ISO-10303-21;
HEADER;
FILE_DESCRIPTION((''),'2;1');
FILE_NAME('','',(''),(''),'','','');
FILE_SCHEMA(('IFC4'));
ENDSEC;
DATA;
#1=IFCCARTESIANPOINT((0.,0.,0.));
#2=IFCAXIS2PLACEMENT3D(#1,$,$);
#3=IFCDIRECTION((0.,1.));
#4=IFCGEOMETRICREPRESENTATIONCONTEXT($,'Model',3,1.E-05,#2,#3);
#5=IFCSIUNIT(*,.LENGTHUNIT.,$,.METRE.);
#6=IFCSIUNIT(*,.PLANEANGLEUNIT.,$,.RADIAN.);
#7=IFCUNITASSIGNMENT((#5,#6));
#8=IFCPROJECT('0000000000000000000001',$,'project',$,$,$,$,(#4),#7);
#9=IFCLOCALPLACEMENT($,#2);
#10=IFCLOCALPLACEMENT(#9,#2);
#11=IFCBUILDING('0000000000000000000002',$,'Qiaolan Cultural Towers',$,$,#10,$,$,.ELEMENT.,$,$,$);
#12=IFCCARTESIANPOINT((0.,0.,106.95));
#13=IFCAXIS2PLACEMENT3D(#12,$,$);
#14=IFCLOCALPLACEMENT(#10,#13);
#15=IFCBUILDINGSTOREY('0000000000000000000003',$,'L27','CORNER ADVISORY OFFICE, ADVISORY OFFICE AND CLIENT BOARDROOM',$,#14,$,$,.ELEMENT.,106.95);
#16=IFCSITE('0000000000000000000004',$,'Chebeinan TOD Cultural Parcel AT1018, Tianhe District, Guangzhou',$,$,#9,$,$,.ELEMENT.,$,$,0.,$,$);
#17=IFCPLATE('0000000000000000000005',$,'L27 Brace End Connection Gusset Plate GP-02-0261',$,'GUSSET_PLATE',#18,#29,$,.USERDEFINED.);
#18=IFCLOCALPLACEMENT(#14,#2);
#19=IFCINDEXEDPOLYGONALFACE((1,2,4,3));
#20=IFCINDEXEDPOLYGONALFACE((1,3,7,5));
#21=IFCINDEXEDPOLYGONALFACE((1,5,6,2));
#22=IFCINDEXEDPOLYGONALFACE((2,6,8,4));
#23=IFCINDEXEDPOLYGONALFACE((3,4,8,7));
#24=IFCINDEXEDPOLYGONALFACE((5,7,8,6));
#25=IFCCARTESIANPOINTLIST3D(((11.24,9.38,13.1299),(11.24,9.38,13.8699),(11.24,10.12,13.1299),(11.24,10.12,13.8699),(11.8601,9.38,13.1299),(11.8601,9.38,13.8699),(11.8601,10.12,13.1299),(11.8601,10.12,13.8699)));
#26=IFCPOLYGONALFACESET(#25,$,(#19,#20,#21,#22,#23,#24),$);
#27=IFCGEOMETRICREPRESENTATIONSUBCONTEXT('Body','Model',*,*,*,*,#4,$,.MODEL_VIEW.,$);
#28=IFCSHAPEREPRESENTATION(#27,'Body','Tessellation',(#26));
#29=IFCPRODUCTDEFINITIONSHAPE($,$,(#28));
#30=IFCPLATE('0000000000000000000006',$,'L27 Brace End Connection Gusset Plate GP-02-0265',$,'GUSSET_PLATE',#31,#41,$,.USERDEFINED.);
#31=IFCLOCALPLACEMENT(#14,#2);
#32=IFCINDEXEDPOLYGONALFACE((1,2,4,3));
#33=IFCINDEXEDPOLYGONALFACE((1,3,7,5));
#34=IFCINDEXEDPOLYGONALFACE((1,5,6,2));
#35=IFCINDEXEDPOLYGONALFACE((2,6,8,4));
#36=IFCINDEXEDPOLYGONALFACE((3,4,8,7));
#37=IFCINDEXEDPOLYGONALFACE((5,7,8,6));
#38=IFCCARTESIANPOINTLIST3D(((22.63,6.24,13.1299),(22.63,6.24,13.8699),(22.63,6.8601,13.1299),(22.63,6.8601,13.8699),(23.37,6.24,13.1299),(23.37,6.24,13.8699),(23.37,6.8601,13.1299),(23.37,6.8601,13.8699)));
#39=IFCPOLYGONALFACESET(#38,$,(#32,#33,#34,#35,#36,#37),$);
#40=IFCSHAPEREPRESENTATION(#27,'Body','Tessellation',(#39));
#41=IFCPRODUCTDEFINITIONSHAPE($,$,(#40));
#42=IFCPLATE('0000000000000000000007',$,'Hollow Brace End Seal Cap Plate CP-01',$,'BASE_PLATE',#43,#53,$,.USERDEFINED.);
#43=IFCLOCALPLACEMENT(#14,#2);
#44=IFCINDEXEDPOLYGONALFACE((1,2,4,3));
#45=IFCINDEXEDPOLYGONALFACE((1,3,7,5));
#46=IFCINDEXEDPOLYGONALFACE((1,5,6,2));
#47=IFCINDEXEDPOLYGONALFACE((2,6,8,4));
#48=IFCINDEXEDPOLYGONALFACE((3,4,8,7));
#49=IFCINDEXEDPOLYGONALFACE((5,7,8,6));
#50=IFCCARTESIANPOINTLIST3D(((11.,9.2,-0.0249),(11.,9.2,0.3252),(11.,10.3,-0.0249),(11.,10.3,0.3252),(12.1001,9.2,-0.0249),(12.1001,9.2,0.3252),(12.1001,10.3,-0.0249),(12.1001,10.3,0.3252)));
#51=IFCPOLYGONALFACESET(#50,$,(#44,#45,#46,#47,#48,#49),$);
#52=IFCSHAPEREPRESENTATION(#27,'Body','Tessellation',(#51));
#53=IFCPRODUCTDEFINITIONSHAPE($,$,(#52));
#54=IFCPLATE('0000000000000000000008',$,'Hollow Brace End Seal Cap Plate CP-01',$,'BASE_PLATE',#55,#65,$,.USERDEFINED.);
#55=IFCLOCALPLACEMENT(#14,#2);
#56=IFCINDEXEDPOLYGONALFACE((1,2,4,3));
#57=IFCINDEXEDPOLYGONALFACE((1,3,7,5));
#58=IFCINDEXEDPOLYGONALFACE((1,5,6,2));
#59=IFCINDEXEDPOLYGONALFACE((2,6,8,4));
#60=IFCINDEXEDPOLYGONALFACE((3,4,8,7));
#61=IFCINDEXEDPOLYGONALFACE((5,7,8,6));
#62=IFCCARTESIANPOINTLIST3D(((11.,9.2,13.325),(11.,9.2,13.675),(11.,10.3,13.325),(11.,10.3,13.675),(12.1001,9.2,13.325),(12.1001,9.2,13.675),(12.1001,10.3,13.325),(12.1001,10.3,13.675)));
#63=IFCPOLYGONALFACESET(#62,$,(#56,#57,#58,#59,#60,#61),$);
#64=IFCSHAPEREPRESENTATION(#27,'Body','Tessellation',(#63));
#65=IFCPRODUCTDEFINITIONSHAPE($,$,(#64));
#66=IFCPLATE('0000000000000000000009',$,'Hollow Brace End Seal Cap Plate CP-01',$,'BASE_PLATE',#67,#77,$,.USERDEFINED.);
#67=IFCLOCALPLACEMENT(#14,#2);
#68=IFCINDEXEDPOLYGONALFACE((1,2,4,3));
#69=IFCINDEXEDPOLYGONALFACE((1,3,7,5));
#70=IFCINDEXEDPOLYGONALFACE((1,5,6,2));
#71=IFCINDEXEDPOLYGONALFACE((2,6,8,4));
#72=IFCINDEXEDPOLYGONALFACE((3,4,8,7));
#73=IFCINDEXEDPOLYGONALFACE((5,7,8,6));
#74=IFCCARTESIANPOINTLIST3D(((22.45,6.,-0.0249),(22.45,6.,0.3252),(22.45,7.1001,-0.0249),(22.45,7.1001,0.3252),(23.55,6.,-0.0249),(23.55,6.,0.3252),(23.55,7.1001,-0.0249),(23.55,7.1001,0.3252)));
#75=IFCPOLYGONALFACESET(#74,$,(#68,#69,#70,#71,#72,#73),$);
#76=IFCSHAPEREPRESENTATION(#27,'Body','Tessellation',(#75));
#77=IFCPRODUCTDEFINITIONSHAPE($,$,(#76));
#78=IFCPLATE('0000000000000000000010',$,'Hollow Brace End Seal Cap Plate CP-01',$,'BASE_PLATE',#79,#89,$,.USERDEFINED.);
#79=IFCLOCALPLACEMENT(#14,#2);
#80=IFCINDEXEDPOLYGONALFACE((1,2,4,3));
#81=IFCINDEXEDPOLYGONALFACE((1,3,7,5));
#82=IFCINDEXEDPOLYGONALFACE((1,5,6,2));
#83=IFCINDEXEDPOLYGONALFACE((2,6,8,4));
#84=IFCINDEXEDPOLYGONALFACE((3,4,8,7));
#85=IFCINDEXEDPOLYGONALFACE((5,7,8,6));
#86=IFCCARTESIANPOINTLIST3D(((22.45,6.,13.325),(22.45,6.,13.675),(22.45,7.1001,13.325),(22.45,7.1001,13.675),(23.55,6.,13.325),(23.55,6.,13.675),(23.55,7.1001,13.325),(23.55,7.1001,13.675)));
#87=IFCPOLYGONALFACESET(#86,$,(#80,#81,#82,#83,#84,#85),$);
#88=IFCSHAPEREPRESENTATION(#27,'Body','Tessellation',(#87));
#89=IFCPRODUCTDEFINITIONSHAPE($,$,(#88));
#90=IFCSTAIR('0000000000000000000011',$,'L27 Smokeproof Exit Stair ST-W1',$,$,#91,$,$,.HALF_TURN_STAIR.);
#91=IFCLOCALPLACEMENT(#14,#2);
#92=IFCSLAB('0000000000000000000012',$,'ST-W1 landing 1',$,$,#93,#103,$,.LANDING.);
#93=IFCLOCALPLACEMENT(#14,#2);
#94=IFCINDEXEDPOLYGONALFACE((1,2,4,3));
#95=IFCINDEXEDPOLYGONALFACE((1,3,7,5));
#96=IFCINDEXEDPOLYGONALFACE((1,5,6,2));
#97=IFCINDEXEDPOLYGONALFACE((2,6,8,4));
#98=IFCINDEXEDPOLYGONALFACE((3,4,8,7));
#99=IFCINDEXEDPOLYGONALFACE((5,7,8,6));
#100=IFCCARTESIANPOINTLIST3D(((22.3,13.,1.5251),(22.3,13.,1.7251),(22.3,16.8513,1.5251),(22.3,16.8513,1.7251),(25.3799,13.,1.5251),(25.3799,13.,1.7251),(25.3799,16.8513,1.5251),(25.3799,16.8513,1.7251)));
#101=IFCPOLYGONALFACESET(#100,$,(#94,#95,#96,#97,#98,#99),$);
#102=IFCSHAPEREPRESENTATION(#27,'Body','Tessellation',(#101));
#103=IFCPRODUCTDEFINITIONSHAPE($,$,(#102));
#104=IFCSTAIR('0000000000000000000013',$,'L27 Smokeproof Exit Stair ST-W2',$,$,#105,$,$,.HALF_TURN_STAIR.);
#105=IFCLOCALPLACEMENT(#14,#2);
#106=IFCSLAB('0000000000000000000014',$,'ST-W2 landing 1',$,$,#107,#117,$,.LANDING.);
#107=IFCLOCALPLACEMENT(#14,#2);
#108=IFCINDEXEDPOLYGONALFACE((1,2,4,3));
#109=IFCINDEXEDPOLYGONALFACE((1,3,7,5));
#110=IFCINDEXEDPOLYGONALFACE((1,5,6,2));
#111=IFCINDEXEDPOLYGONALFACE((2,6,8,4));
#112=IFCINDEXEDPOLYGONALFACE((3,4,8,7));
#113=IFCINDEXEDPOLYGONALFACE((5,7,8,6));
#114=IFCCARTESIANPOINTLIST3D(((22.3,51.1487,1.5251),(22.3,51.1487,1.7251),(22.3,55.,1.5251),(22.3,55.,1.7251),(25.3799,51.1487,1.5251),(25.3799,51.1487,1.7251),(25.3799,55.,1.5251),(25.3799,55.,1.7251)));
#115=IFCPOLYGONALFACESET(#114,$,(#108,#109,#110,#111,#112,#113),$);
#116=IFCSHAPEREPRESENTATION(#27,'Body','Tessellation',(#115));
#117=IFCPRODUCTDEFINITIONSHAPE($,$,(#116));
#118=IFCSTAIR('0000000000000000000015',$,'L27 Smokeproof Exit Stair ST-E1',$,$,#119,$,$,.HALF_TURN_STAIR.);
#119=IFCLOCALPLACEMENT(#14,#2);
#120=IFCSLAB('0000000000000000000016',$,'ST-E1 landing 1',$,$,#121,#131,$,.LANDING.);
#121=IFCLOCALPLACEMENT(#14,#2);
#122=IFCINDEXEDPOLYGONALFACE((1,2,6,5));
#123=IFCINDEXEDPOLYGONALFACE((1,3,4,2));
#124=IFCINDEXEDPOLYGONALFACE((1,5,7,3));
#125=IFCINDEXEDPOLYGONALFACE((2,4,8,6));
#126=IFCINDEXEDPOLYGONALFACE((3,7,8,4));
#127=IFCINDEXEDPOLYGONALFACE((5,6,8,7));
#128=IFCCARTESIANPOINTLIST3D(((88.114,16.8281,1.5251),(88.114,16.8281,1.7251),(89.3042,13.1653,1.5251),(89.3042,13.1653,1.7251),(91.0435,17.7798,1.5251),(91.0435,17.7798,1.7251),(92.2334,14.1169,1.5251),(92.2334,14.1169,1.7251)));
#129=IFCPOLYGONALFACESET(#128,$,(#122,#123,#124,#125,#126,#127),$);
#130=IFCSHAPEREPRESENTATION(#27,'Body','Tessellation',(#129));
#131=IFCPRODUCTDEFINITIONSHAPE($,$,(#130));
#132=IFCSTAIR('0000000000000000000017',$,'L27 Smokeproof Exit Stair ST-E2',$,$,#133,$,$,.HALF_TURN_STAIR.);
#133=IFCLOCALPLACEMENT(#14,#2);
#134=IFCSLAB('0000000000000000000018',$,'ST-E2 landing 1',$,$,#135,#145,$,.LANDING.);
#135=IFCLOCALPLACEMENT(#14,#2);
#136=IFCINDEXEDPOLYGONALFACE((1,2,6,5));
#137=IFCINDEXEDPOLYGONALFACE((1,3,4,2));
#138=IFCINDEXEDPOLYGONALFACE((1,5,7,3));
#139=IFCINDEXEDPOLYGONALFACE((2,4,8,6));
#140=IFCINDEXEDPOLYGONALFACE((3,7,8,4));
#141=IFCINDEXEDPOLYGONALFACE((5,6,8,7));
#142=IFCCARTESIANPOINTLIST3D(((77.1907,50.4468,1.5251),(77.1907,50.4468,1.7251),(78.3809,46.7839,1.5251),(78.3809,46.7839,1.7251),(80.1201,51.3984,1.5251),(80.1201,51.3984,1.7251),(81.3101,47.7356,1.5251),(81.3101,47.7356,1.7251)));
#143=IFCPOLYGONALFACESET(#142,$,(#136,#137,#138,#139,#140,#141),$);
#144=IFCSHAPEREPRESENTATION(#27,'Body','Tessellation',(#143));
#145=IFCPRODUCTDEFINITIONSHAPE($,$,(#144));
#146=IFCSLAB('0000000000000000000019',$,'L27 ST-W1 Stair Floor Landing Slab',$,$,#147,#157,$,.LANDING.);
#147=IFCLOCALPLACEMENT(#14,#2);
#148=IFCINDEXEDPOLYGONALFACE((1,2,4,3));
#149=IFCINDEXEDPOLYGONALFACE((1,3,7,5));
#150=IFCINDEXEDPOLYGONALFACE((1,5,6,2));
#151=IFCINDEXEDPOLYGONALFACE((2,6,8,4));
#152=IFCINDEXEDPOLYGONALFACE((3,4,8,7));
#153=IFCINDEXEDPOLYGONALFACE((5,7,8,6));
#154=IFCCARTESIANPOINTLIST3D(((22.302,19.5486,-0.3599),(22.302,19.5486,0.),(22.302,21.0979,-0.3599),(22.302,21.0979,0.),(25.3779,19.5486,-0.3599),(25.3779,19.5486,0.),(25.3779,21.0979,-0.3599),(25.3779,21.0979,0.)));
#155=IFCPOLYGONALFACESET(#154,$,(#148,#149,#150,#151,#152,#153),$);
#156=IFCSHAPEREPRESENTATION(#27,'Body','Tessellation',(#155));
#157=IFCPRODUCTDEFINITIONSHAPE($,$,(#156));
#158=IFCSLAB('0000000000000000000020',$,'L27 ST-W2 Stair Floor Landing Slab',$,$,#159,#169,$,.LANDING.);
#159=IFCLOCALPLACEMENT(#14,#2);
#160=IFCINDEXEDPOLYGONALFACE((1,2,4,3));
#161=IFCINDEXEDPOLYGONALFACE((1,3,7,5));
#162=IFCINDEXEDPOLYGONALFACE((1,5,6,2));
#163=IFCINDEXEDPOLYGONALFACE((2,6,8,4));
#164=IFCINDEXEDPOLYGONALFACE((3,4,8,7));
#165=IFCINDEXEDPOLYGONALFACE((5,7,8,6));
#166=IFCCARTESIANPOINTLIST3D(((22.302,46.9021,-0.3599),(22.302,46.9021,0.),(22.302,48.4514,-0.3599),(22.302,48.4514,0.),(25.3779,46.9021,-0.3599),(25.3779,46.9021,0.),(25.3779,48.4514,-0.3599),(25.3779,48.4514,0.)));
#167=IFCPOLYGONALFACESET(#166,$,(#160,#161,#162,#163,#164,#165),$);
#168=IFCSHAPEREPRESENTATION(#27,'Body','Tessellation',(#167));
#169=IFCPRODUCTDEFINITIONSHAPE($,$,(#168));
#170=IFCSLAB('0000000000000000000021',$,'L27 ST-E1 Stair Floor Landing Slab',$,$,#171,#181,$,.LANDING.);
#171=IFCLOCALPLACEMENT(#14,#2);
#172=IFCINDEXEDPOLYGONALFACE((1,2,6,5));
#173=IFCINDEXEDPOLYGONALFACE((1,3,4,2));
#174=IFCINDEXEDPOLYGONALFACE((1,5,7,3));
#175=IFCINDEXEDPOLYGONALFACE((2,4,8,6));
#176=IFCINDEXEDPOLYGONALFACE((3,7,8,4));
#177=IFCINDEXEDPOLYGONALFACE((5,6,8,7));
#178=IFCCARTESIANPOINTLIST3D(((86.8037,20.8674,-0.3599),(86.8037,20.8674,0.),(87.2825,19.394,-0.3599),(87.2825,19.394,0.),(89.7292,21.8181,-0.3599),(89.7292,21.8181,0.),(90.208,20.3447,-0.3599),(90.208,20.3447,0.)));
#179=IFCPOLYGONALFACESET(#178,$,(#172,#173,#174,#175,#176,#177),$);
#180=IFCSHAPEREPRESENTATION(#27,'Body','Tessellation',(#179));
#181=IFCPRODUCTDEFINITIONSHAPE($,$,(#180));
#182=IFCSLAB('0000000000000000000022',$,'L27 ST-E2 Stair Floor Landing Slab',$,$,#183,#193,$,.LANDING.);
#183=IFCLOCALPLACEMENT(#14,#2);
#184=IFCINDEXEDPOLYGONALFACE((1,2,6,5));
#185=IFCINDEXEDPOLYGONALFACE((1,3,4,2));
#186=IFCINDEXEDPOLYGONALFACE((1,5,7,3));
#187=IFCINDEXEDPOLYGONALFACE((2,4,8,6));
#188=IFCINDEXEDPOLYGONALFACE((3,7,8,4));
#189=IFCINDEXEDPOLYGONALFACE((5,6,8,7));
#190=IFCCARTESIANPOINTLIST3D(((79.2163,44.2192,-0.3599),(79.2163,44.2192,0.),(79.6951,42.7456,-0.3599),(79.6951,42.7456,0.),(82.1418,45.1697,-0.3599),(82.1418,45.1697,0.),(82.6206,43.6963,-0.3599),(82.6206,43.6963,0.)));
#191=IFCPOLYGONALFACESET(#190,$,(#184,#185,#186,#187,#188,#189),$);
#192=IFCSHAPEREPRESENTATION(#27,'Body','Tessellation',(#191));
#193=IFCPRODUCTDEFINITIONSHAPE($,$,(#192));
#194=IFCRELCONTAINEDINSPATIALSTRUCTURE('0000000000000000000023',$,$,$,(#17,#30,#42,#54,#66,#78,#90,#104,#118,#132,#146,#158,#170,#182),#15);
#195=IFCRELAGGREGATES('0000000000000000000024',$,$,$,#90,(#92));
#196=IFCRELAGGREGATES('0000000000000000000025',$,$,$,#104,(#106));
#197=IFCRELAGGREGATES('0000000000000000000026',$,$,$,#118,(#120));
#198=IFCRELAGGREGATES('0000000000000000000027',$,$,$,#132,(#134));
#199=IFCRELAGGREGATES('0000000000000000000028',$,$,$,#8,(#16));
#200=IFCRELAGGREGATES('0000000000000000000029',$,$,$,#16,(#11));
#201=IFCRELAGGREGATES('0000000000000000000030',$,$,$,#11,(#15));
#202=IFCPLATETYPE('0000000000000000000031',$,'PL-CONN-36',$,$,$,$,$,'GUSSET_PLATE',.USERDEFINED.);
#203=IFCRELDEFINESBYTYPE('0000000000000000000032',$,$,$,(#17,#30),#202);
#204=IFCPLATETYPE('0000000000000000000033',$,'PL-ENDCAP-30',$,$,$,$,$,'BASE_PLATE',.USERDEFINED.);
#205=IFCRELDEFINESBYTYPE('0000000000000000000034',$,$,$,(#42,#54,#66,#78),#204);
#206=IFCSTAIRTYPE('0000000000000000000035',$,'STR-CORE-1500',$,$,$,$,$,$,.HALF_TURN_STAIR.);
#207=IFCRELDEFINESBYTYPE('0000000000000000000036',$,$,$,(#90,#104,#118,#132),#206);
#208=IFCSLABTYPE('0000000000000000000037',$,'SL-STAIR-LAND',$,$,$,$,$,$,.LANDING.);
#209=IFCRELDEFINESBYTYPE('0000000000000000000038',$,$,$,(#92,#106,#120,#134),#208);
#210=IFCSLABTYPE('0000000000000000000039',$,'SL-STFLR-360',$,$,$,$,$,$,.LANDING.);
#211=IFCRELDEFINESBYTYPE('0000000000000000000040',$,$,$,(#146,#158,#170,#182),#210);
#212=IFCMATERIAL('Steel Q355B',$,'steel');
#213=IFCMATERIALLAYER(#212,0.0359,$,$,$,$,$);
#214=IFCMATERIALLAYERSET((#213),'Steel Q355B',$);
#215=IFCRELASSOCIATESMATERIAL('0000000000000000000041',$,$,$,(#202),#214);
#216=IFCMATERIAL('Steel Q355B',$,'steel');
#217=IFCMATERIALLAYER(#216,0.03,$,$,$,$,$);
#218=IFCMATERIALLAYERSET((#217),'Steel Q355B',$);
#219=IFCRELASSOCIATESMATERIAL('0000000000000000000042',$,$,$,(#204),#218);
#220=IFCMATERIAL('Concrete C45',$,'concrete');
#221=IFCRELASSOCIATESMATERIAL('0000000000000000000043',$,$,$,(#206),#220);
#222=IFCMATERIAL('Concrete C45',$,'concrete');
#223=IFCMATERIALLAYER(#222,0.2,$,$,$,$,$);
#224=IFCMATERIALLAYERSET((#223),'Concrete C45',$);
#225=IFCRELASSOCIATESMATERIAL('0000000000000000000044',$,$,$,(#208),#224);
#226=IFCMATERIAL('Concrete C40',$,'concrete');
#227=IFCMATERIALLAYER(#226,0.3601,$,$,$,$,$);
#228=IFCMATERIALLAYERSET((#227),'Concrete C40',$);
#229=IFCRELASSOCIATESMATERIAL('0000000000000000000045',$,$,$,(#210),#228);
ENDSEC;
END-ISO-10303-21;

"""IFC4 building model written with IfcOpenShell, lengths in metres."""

from ifc_helpers import new_model, si_unit, direction, frame, origin, origin_2d, place, context, subcontext, project, spatial, polyline, rectangle, outline, extrude, material, layer, layer_set, type_object, element, aggregate, save


model = new_model("IFC4")

# Units and contexts
model_context = context("Model", 3, precision=1e-05, world=origin(), true_north=direction((0.0, 1.0)))
body_context = subcontext(model_context, "Body", "Model", "MODEL_VIEW")
ifc_project = project(units=[si_unit("LENGTHUNIT", "METRE"), si_unit("PLANEANGLEUNIT", "RADIAN")], contexts=[model_context])

# Site, building, storey
site_placement = place(None, origin())
site = spatial("IfcSite", under=ifc_project, at=site_placement, Name="Chebeinan TOD Cultural Parcel AT1018, Tianhe District, Guangzhou", CompositionType="ELEMENT", RefElevation=0.0)
building_placement = place(site_placement, origin())
building = spatial("IfcBuilding", under=site, at=building_placement, Name="Qiaolan Cultural Towers", CompositionType="ELEMENT")
storey_placement = place(building_placement, frame((0.0, 0.0, 106.95)))
storey = spatial("IfcBuildingStorey", under=building, at=storey_placement, Name="L27", Description="CORNER ADVISORY OFFICE, ADVISORY OFFICE AND CLIENT BOARDROOM", CompositionType="ELEMENT", Elevation=106.95)

# Plates
ifc_material_1 = material(Name="Steel Q355B", Category="steel")
ifc_layer_1 = layer(ifc_material_1, 0.0359)
ifc_layer_set_1 = layer_set([ifc_layer_1], Name="Steel Q355B")
plate_type_1 = type_object("IfcPlateType", Name="PL-CONN-36", ElementType="GUSSET_PLATE", PredefinedType="USERDEFINED", material=ifc_layer_set_1)
for number, where, z_axis, x_axis, name in (
    (1, (11.55, 9.75, 13.1299), (0.0, 0.0, 1.0), (0.0, 1.0, 0.0), "L27 Brace End Connection Gusset Plate GP-02-0261"),
    (2, (23.0, 6.55, 13.1299), (0.0, 0.0, 1.0), (1.0, 0.0, 0.0), "L27 Brace End Connection Gusset Plate GP-02-0265"),
):
    element("IfcPlate", number, at=place(storey_placement, frame(where, z_axis=z_axis, x_axis=x_axis)), inside=storey, type_object=plate_type_1, Name=name, ObjectType="GUSSET_PLATE", PredefinedType="USERDEFINED", context=body_context, shape_type="SweptSolid", body=[
        extrude(rectangle(XDim=0.74, YDim=0.6201, at=origin_2d()), origin(), (0.0, 0.0, 1.0), 0.74),
    ])
ifc_material_2 = material(Name="Steel Q355B", Category="steel")
ifc_layer_2 = layer(ifc_material_2, 0.03)
ifc_layer_set_2 = layer_set([ifc_layer_2], Name="Steel Q355B")
plate_type_2 = type_object("IfcPlateType", Name="PL-ENDCAP-30", ElementType="BASE_PLATE", PredefinedType="USERDEFINED", material=ifc_layer_set_2)
for number, where, z_axis, x_axis, name in (
    (3, (11.55, 9.75, -0.0249), (0.0, 0.0, 1.0), (0.0, 1.0, 0.0), "Hollow Brace End Seal Cap Plate CP-01"),
    (4, (11.55, 9.75, 13.325), (0.0, 0.0, 1.0), (0.0, 1.0, 0.0), "Hollow Brace End Seal Cap Plate CP-01"),
    (5, (23.0, 6.55, -0.0249), (0.0, 0.0, 1.0), (1.0, 0.0, 0.0), "Hollow Brace End Seal Cap Plate CP-01"),
    (6, (23.0, 6.55, 13.325), (0.0, 0.0, 1.0), (1.0, 0.0, 0.0), "Hollow Brace End Seal Cap Plate CP-01"),
):
    element("IfcPlate", number, at=place(storey_placement, frame(where, z_axis=z_axis, x_axis=x_axis)), inside=storey, type_object=plate_type_2, Name=name, ObjectType="BASE_PLATE", PredefinedType="USERDEFINED", context=body_context, shape_type="SweptSolid", body=[
        extrude(rectangle(XDim=1.1001, YDim=1.1001, at=origin_2d()), origin(), (0.0, 0.0, 1.0), 0.3501),
    ])

# Stairs, slabs
ifc_material_3 = material(Name="Concrete C45", Category="concrete")
stair_type = type_object("IfcStairType", Name="STR-CORE-1500", PredefinedType="HALF_TURN_STAIR", material=ifc_material_3)
stair_1_placement = place(storey_placement, origin())
stair_1 = element("IfcStair", 7, at=stair_1_placement, inside=storey, type_object=stair_type, Name="L27 Smokeproof Exit Stair ST-W1", PredefinedType="HALF_TURN_STAIR")
ifc_material_4 = material(Name="Concrete C45", Category="concrete")
ifc_layer_3 = layer(ifc_material_4, 0.2)
ifc_layer_set_3 = layer_set([ifc_layer_3], Name="Concrete C45")
slab_type_1 = type_object("IfcSlabType", Name="SL-STAIR-LAND", PredefinedType="LANDING", material=ifc_layer_set_3)
slab_1_placement = place(storey_placement, frame((0.0, 0.0, 1.5251)))
slab_1 = element("IfcSlab", 8, at=slab_1_placement, type_object=slab_type_1, Name="ST-W1 landing 1", PredefinedType="LANDING", context=body_context, shape_type="SweptSolid", body=[
    extrude(outline(polyline([(22.3, 16.8513), (22.3, 13.0), (25.3799, 13.0), (25.3799, 16.8513), (22.3, 16.8513)])), origin(), (0.0, 0.0, 1.0), 0.2),
])
aggregate(stair_1, [slab_1])
stair_2_placement = place(storey_placement, origin())
stair_2 = element("IfcStair", 9, at=stair_2_placement, inside=storey, type_object=stair_type, Name="L27 Smokeproof Exit Stair ST-W2", PredefinedType="HALF_TURN_STAIR")
slab_2_placement = place(storey_placement, frame((0.0, 0.0, 1.5251)))
slab_2 = element("IfcSlab", 10, at=slab_2_placement, type_object=slab_type_1, Name="ST-W2 landing 1", PredefinedType="LANDING", context=body_context, shape_type="SweptSolid", body=[
    extrude(outline(polyline([(25.3799, 51.1487), (25.3799, 55.0), (22.3, 55.0), (22.3, 51.1487), (25.3799, 51.1487)])), origin(), (0.0, 0.0, 1.0), 0.2),
])
aggregate(stair_2, [slab_2])
stair_3_placement = place(storey_placement, origin())
stair_3 = element("IfcStair", 11, at=stair_3_placement, inside=storey, type_object=stair_type, Name="L27 Smokeproof Exit Stair ST-E1", PredefinedType="HALF_TURN_STAIR")
slab_3_placement = place(storey_placement, frame((0.0, 0.0, 1.5251)))
slab_3 = element("IfcSlab", 12, at=slab_3_placement, type_object=slab_type_1, Name="ST-E1 landing 1", PredefinedType="LANDING", context=body_context, shape_type="SweptSolid", body=[
    extrude(outline(polyline([(88.114, 16.8281), (89.3042, 13.1653), (92.2334, 14.1169), (91.0435, 17.7798), (88.114, 16.8281)])), origin(), (0.0, 0.0, 1.0), 0.2),
])
aggregate(stair_3, [slab_3])
stair_4_placement = place(storey_placement, origin())
stair_4 = element("IfcStair", 13, at=stair_4_placement, inside=storey, type_object=stair_type, Name="L27 Smokeproof Exit Stair ST-E2", PredefinedType="HALF_TURN_STAIR")
slab_4_placement = place(storey_placement, frame((0.0, 0.0, 1.5251)))
slab_4 = element("IfcSlab", 14, at=slab_4_placement, type_object=slab_type_1, Name="ST-E2 landing 1", PredefinedType="LANDING", context=body_context, shape_type="SweptSolid", body=[
    extrude(outline(polyline([(81.3101, 47.7356), (80.1201, 51.3984), (77.1907, 50.4468), (78.3809, 46.7839), (81.3101, 47.7356)])), origin(), (0.0, 0.0, 1.0), 0.2),
])
aggregate(stair_4, [slab_4])

# Slabs
ifc_material_5 = material(Name="Concrete C40", Category="concrete")
ifc_layer_4 = layer(ifc_material_5, 0.3601)
ifc_layer_set_4 = layer_set([ifc_layer_4], Name="Concrete C40")
slab_type_2 = type_object("IfcSlabType", Name="SL-STFLR-360", PredefinedType="LANDING", material=ifc_layer_set_4)
slab_5_placement = place(storey_placement, frame((0.0, 0.0, -0.3599)))
element("IfcSlab", 15, at=slab_5_placement, inside=storey, type_object=slab_type_2, Name="L27 ST-W1 Stair Floor Landing Slab", PredefinedType="LANDING", context=body_context, shape_type="SweptSolid", body=[
    extrude(outline(polyline([(22.302, 21.0979), (22.302, 19.5486), (25.3779, 19.5486), (25.3779, 21.0979), (22.302, 21.0979)])), origin(), (0.0, 0.0, 1.0), 0.3599),
])
slab_6_placement = place(storey_placement, frame((0.0, 0.0, -0.3599)))
element("IfcSlab", 16, at=slab_6_placement, inside=storey, type_object=slab_type_2, Name="L27 ST-W2 Stair Floor Landing Slab", PredefinedType="LANDING", context=body_context, shape_type="SweptSolid", body=[
    extrude(outline(polyline([(25.3779, 46.9021), (25.3779, 48.4514), (22.302, 48.4514), (22.302, 46.9021), (25.3779, 46.9021)])), origin(), (0.0, 0.0, 1.0), 0.3599),
])
slab_7_placement = place(storey_placement, frame((0.0, 0.0, -0.3599)))
element("IfcSlab", 17, at=slab_7_placement, inside=storey, type_object=slab_type_2, Name="L27 ST-E1 Stair Floor Landing Slab", PredefinedType="LANDING", context=body_context, shape_type="SweptSolid", body=[
    extrude(outline(polyline([(86.8037, 20.8674), (87.2825, 19.394), (90.208, 20.3447), (89.7292, 21.8181), (86.8037, 20.8674)])), origin(), (0.0, 0.0, 1.0), 0.3599),
])
slab_8_placement = place(storey_placement, frame((0.0, 0.0, -0.3599)))
element("IfcSlab", 18, at=slab_8_placement, inside=storey, type_object=slab_type_2, Name="L27 ST-E2 Stair Floor Landing Slab", PredefinedType="LANDING", context=body_context, shape_type="SweptSolid", body=[
    extrude(outline(polyline([(82.6206, 43.6963), (82.1418, 45.1697), (79.2163, 44.2192), (79.6951, 42.7456), (82.6206, 43.6963)])), origin(), (0.0, 0.0, 1.0), 0.3599),
])

save(model, "model.ifc")
